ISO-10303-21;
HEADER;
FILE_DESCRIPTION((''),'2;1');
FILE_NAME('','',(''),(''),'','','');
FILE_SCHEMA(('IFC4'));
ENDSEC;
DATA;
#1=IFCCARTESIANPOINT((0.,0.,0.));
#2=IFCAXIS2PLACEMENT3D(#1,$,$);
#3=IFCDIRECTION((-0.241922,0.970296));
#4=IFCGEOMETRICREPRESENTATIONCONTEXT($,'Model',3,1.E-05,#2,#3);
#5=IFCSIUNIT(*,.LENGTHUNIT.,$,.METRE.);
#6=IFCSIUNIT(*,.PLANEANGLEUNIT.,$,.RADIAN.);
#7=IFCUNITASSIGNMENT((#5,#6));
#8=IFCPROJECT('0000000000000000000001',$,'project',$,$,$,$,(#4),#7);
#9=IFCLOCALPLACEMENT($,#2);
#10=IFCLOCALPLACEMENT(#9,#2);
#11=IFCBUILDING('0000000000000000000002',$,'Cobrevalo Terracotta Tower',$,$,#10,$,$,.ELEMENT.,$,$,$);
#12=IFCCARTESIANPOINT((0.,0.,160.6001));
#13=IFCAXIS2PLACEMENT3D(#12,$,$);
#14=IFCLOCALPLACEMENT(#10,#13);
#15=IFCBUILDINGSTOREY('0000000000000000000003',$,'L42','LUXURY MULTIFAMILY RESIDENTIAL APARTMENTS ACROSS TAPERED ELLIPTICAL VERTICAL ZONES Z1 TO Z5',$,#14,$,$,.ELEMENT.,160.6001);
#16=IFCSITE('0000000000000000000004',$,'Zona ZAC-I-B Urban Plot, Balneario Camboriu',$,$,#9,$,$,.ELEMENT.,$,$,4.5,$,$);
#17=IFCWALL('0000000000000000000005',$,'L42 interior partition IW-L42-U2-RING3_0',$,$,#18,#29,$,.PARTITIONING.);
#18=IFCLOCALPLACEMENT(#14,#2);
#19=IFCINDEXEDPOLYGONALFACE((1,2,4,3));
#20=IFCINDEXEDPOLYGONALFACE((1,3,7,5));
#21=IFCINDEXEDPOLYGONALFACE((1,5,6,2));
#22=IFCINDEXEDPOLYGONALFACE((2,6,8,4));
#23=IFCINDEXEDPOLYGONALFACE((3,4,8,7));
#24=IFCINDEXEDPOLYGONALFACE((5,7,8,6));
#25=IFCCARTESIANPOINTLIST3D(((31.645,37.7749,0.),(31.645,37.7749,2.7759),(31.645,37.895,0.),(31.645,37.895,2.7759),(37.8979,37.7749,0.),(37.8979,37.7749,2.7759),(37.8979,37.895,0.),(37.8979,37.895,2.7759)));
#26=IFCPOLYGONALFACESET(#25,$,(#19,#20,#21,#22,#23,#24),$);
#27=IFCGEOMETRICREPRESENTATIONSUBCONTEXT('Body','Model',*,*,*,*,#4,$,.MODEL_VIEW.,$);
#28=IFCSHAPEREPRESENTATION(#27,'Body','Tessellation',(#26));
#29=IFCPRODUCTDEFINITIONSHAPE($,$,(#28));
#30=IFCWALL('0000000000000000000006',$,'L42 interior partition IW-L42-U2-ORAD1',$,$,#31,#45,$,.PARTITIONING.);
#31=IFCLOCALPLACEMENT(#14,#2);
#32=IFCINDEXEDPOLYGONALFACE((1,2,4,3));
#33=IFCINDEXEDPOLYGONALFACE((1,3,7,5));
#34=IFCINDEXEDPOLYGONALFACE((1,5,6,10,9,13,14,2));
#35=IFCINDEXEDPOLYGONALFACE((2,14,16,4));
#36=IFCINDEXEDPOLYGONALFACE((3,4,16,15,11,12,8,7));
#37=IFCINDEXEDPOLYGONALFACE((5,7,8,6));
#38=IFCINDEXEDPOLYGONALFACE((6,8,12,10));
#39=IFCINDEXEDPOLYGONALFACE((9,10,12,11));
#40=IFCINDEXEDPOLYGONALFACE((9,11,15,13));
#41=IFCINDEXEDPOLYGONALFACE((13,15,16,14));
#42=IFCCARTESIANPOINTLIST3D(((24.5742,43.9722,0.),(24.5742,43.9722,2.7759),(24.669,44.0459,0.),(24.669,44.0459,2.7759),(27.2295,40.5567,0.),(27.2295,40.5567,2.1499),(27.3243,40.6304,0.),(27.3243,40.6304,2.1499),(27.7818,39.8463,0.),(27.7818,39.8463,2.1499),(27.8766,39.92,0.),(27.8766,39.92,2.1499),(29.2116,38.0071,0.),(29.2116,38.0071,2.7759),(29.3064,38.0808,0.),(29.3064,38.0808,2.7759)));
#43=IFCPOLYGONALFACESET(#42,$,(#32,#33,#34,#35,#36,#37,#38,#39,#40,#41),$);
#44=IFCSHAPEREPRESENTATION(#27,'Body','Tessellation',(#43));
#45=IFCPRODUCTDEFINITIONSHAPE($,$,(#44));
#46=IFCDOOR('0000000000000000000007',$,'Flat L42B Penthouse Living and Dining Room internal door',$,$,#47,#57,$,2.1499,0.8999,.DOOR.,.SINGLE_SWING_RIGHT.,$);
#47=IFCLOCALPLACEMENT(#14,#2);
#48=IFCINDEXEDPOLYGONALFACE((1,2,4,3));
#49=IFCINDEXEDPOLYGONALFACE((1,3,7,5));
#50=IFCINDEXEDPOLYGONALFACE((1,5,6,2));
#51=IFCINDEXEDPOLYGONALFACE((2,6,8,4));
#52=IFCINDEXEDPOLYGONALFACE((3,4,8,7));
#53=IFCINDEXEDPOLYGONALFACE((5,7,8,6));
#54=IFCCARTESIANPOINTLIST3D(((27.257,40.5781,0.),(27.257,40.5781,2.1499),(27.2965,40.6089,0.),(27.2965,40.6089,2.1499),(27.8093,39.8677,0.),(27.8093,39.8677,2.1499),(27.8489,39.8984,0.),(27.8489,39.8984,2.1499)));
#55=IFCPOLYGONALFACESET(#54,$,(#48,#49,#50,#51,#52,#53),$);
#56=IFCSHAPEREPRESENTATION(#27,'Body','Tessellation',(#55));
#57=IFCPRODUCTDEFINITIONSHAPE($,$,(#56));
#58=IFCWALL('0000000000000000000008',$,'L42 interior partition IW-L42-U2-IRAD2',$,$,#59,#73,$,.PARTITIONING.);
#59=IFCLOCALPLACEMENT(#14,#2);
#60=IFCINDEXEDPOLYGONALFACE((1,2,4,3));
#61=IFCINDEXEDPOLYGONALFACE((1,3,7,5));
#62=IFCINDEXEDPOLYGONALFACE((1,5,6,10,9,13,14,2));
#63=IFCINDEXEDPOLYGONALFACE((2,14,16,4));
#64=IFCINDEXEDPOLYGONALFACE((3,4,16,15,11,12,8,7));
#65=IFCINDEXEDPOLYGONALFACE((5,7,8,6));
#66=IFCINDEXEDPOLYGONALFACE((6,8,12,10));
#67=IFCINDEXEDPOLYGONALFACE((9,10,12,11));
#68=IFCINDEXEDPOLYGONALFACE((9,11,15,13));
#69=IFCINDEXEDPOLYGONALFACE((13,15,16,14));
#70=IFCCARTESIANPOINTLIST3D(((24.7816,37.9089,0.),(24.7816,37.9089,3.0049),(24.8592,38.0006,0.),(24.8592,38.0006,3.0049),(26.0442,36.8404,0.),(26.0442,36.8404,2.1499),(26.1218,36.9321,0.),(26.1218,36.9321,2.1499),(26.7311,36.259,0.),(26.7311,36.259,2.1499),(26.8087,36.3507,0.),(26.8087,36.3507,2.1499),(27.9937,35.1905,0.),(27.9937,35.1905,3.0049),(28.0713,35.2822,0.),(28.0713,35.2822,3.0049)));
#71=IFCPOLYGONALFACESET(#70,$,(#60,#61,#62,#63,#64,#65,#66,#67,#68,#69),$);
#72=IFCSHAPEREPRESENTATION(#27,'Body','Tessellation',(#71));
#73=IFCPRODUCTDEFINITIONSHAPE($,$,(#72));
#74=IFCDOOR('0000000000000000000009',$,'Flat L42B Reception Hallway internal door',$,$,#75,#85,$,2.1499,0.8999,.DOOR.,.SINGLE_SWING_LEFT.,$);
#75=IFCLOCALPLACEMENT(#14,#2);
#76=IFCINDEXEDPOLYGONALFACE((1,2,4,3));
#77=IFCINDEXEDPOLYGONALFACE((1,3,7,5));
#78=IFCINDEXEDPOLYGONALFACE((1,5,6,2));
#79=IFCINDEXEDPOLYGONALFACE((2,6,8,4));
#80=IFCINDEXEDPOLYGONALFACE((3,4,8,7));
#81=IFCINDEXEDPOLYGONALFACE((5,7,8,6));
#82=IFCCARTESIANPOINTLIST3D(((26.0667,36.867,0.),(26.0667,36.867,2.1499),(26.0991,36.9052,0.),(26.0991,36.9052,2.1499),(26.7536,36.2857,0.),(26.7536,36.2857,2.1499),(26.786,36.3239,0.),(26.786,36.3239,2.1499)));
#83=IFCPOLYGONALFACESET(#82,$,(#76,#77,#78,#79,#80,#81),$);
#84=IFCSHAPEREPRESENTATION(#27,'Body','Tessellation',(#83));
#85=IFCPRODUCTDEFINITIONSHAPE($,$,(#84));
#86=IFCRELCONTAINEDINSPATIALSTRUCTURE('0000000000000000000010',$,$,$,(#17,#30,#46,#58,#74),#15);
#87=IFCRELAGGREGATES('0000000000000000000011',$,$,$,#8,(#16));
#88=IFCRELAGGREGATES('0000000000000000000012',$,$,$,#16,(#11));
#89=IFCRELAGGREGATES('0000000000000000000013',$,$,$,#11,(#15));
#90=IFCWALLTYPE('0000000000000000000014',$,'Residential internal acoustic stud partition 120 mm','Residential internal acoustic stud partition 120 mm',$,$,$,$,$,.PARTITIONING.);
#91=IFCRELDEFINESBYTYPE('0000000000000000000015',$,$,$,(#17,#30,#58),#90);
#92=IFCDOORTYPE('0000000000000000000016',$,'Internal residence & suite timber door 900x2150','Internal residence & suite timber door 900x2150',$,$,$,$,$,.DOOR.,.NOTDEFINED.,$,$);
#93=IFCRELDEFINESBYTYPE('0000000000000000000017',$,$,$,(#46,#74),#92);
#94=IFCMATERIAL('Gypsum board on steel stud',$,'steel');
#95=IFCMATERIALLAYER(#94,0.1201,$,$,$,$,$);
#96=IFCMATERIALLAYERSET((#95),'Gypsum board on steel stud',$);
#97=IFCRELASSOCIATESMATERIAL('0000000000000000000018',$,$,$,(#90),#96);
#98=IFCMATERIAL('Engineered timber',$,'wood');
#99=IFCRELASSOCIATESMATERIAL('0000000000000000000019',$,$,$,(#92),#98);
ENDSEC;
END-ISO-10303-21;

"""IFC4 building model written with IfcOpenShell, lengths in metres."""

from ifc_helpers import new_model, si_unit, direction, frame, frame_2d, origin, place, context, subcontext, project, spatial, rectangle, extrude, source, transform, mapped, material, layer, layer_set, type_object, element, fill, save


model = new_model("IFC4")

# Units and contexts
model_context = context("Model", 3, precision=1e-05, world=origin(), true_north=direction((-0.241922, 0.970296)))
body_context = subcontext(model_context, "Body", "Model", "MODEL_VIEW")
ifc_project = project(units=[si_unit("LENGTHUNIT", "METRE"), si_unit("PLANEANGLEUNIT", "RADIAN")], contexts=[model_context])

# Site, building, storey
site_placement = place(None, origin())
site = spatial("IfcSite", under=ifc_project, at=site_placement, Name="Zona ZAC-I-B Urban Plot, Balneario Camboriu", CompositionType="ELEMENT", RefElevation=4.5)
building_placement = place(site_placement, origin())
building = spatial("IfcBuilding", under=site, at=building_placement, Name="Cobrevalo Terracotta Tower", CompositionType="ELEMENT")
storey_placement = place(building_placement, frame((0.0, 0.0, 160.6001)))
storey = spatial("IfcBuildingStorey", under=building, at=storey_placement, Name="L42", Description="LUXURY MULTIFAMILY RESIDENTIAL APARTMENTS ACROSS TAPERED ELLIPTICAL VERTICAL ZONES Z1 TO Z5", CompositionType="ELEMENT", Elevation=160.6001)

# Wall
ifc_material_1 = material(Name="Gypsum board on steel stud", Category="steel")
ifc_layer_1 = layer(ifc_material_1, 0.1201)
ifc_layer_set_1 = layer_set([ifc_layer_1], Name="Gypsum board on steel stud")
wall_type_1 = type_object("IfcWallType", Name="Residential internal acoustic stud partition 120 mm", Description="Residential internal acoustic stud partition 120 mm", PredefinedType="PARTITIONING", material=ifc_layer_set_1)
wall_1_placement = place(storey_placement, frame((31.645, 37.835, 0.0), z_axis=(0.0, 0.0, 1.0), x_axis=(1.0, 0.0, 0.0)))
element("IfcWall", 1, at=wall_1_placement, inside=storey, type_object=wall_type_1, Name="L42 interior partition IW-L42-U2-RING3_0", PredefinedType="PARTITIONING", context=body_context, shape_type="SweptSolid", body=[
    extrude(rectangle(XDim=6.2529, YDim=0.1201, at=frame_2d((3.1265, 0.0))), origin(), (0.0, 0.0, 1.0), 2.7759),
])

# Walls, openings, doors
wall_2_placement = place(storey_placement, frame((29.259, 38.0439, 0.0), z_axis=(0.0, 0.0, 1.0), x_axis=(-0.613771, 0.789484, 0.0)))
wall_2 = element("IfcWall", 2, at=wall_2_placement, inside=storey, type_object=wall_type_1, Name="L42 interior partition IW-L42-U2-ORAD1", PredefinedType="PARTITIONING", context=body_context, shape_type="SweptSolid", body=[
    extrude(rectangle(XDim=7.5557, YDim=0.1201, at=frame_2d((3.7778, 0.0))), origin(), (0.0, 0.0, 1.0), 2.7759),
])
opening_1_placement = place(wall_2_placement, frame((2.3296, 0.0, 0.0)))
opening_1 = element("IfcOpeningElement", 3, at=opening_1_placement, cuts=wall_2, PredefinedType="OPENING", context=body_context, shape_type="SweptSolid", body=[
    extrude(rectangle(XDim=0.8999, YDim=2.1499, at=frame_2d((0.45, 1.075))), frame((0.0, 0.0701, 0.0), z_axis=(0.0, -1.0, 0.0), x_axis=(1.0, 0.0, 0.0)), (0.0, 0.0, 1.0), 0.1401),
])
ifc_material_2 = material(Name="Engineered timber", Category="wood")
door_type_1 = type_object("IfcDoorType", Name="Internal residence & suite timber door 900x2150", Description="Internal residence & suite timber door 900x2150", OperationType="NOTDEFINED", PredefinedType="DOOR", material=ifc_material_2)
shared_shape_1 = source(origin(), body_context, "Body", "SweptSolid", [
    extrude(rectangle(XDim=0.8999, YDim=2.1499, at=frame_2d((0.45, 1.075))), frame((0.0, 0.0249, 0.0), z_axis=(0.0, -1.0, 0.0), x_axis=(1.0, 0.0, 0.0)), (0.0, 0.0, 1.0), 0.05),
])
door_1_placement = place(opening_1_placement, frame((0.8999, 0.0, 0.0), z_axis=(0.0, 0.0, 1.0), x_axis=(-1.0, 0.0, 0.0)))
door_1 = element("IfcDoor", 4, at=door_1_placement, inside=storey, type_object=door_type_1, Name="Flat L42B Penthouse Living and Dining Room internal door", OperationType="SINGLE_SWING_RIGHT", OverallHeight=2.1499, OverallWidth=0.8999, PredefinedType="DOOR", context=body_context, shape_type="MappedRepresentation", body=[
    mapped(shared_shape_1, transform((0.0, 0.0, 0.0), scale=1.0)),
])
fill(opening_1, door_1)
wall_3_placement = place(storey_placement, frame((28.0325, 35.2363, 0.0), z_axis=(0.0, 0.0, 1.0), x_axis=(-0.763325, 0.646015, 0.0)))
wall_3 = element("IfcWall", 5, at=wall_3_placement, inside=storey, type_object=wall_type_1, Name="L42 interior partition IW-L42-U2-IRAD2", PredefinedType="PARTITIONING", context=body_context, shape_type="SweptSolid", body=[
    extrude(rectangle(XDim=4.208, YDim=0.1201, at=frame_2d((2.104, 0.0))), origin(), (0.0, 0.0, 1.0), 3.0049),
])
opening_2_placement = place(wall_3_placement, frame((1.6541, 0.0, 0.0)))
opening_2 = element("IfcOpeningElement", 6, at=opening_2_placement, cuts=wall_3, PredefinedType="OPENING", context=body_context, shape_type="SweptSolid", body=[
    extrude(rectangle(XDim=0.8999, YDim=2.1499, at=frame_2d((0.45, 1.075))), frame((0.0, 0.0701, 0.0), z_axis=(0.0, -1.0, 0.0), x_axis=(1.0, 0.0, 0.0)), (0.0, 0.0, 1.0), 0.1401),
])
door_2_placement = place(opening_2_placement, frame((0.8999, 0.0, 0.0), z_axis=(0.0, 0.0, 1.0), x_axis=(-1.0, 0.0, 0.0)))
door_2 = element("IfcDoor", 7, at=door_2_placement, inside=storey, type_object=door_type_1, Name="Flat L42B Reception Hallway internal door", OperationType="SINGLE_SWING_LEFT", OverallHeight=2.1499, OverallWidth=0.8999, PredefinedType="DOOR", context=body_context, shape_type="MappedRepresentation", body=[
    mapped(shared_shape_1, transform((0.0, 0.0, 0.0), scale=1.0)),
])
fill(opening_2, door_2)

save(model, "model.ifc")
